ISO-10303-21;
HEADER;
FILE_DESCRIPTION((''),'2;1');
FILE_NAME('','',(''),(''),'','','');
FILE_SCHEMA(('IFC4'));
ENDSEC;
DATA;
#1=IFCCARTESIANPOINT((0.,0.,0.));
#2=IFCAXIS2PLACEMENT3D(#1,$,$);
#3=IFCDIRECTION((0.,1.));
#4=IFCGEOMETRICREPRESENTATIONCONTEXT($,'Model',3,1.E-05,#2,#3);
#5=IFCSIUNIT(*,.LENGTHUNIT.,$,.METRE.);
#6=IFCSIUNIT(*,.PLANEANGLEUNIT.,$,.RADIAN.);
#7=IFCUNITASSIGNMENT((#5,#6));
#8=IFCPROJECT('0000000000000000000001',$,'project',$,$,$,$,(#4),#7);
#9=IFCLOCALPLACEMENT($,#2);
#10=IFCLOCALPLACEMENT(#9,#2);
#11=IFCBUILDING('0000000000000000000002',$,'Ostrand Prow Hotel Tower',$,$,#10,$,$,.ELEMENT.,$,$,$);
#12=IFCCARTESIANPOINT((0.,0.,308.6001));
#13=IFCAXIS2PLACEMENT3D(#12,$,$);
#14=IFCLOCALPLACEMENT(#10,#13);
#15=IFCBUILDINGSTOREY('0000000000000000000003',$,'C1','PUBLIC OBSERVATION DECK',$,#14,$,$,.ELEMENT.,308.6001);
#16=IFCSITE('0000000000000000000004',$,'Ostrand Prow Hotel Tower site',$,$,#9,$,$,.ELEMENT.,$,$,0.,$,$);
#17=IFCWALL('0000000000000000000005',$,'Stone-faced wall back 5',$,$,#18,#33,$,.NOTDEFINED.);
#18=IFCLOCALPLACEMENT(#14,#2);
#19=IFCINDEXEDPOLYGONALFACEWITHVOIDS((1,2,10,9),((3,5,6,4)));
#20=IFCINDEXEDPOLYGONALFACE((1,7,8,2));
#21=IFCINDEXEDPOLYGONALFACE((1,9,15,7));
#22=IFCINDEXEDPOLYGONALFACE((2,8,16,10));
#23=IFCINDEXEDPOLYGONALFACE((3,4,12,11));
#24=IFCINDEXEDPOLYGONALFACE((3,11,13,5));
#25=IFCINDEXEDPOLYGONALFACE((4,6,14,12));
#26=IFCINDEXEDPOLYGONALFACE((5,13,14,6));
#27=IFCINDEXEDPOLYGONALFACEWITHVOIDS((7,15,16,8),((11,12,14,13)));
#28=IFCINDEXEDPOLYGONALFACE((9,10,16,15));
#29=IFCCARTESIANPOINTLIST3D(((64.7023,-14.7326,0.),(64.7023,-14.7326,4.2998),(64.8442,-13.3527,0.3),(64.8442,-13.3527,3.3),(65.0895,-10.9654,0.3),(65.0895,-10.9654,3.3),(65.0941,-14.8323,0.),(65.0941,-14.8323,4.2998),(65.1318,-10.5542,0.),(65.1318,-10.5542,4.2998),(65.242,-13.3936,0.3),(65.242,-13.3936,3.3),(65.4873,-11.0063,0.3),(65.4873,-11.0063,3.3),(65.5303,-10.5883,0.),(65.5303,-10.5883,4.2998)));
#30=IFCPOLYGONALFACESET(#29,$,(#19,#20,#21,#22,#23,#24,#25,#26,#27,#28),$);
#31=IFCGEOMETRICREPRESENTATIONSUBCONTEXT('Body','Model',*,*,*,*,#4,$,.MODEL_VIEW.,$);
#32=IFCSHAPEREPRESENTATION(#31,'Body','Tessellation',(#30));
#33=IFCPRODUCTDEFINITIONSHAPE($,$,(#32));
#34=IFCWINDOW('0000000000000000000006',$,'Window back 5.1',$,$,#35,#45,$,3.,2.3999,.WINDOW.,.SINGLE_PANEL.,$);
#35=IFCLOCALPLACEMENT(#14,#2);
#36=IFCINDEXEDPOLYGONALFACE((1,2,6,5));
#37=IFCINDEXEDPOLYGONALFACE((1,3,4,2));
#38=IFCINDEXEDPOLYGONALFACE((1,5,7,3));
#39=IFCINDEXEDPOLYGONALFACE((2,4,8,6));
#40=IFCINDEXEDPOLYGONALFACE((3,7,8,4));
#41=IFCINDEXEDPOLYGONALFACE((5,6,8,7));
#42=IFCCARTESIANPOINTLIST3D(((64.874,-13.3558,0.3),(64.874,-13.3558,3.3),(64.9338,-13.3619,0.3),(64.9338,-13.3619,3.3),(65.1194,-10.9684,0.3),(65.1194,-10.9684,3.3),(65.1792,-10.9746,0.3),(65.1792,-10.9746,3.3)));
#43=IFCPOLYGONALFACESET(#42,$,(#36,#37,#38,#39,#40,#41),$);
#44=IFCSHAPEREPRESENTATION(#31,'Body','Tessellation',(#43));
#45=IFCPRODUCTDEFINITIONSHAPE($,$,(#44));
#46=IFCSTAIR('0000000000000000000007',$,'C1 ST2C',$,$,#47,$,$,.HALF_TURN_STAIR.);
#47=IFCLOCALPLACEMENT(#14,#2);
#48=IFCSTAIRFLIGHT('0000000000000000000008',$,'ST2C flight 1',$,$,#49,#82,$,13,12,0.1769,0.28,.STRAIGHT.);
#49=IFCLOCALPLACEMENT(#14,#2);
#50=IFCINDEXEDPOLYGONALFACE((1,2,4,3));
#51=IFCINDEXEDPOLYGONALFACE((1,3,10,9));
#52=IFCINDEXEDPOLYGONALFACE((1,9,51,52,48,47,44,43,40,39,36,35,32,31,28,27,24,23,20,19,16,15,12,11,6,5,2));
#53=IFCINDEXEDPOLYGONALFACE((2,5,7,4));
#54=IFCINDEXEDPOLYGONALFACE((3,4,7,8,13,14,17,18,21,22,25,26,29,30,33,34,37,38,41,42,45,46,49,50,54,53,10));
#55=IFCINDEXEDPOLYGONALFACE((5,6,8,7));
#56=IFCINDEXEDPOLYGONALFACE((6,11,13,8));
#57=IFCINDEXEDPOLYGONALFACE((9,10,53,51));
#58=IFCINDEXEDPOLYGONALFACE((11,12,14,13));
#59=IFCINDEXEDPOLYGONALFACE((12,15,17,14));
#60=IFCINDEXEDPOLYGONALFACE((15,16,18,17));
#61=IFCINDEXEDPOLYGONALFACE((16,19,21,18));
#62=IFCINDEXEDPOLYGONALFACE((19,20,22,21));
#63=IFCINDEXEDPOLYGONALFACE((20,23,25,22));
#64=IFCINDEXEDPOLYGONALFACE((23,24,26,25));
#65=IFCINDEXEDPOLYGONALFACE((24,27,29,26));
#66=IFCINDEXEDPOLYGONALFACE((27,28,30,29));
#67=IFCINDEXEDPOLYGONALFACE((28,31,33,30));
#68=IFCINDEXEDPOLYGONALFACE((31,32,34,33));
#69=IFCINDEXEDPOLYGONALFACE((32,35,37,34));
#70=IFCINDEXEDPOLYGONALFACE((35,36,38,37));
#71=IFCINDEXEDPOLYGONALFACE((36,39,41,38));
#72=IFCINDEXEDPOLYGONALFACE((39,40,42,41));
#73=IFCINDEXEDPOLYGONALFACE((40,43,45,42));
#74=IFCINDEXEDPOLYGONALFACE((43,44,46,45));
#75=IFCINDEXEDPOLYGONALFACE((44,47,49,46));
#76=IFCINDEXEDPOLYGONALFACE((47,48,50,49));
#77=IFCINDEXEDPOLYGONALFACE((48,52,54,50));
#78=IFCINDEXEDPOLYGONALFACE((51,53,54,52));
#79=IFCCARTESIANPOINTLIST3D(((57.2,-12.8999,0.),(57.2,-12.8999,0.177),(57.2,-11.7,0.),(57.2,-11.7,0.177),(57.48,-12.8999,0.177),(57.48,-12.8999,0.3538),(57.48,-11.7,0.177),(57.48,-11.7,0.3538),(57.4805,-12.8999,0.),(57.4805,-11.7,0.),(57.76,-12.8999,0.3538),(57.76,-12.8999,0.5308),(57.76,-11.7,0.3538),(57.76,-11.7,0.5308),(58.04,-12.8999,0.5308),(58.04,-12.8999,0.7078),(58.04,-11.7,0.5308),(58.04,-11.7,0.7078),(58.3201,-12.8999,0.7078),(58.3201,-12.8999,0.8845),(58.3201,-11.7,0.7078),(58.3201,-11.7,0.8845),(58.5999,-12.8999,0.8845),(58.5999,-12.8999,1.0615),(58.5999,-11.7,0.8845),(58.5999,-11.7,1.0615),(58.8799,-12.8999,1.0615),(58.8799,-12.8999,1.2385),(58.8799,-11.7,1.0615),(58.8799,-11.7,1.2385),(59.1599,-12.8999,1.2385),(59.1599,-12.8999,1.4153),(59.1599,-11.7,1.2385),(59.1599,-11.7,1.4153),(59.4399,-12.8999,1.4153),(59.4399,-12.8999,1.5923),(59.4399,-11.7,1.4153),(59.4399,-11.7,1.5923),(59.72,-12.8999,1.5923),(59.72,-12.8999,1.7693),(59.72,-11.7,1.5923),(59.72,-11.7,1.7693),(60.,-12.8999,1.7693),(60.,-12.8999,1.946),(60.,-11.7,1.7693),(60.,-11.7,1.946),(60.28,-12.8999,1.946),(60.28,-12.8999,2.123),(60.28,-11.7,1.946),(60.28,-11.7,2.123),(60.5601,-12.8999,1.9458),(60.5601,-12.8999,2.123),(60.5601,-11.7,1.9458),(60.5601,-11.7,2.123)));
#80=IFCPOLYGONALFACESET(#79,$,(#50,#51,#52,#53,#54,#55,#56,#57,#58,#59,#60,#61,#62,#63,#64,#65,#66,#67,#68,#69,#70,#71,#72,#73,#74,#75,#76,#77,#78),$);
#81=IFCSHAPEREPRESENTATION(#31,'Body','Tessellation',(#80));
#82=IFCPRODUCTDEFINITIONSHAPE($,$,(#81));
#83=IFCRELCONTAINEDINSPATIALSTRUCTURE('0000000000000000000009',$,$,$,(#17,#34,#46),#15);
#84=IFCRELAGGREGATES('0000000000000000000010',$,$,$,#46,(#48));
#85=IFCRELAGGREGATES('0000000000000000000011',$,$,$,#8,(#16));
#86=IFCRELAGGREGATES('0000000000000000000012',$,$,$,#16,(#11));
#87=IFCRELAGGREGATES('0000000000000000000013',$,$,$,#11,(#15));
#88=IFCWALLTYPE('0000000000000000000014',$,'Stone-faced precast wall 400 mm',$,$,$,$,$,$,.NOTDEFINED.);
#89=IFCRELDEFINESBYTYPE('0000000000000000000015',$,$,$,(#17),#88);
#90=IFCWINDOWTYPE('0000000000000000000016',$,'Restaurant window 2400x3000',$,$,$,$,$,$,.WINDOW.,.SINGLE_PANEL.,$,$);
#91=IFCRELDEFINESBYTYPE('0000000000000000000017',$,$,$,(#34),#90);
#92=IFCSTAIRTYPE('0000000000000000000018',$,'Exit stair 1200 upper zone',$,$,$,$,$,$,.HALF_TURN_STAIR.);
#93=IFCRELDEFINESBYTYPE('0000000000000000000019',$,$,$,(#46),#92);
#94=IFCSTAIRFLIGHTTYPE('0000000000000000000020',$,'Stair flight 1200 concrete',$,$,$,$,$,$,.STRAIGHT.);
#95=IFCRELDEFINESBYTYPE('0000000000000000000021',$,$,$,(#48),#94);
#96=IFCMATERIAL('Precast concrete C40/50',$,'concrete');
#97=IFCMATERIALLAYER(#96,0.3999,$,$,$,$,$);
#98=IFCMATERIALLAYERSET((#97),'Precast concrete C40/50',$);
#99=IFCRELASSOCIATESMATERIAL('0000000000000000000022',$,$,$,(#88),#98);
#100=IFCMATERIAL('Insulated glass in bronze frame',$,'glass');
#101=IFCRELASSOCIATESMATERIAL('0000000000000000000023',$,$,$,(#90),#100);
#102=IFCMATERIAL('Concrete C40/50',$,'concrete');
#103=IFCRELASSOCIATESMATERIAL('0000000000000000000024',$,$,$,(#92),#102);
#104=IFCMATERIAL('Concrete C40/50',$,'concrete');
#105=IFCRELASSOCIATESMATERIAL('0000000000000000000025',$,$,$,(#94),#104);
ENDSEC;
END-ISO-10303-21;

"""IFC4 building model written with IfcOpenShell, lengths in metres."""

from ifc_helpers import new_model, si_unit, direction, frame, frame_2d, origin, place, context, subcontext, project, spatial, polyline, rectangle, outline, extrude, material, layer, layer_set, type_object, element, fill, aggregate, save


model = new_model("IFC4")

# Units and contexts
model_context = context("Model", 3, precision=1e-05, world=origin(), true_north=direction((0.0, 1.0)))
body_context = subcontext(model_context, "Body", "Model", "MODEL_VIEW")
ifc_project = project(units=[si_unit("LENGTHUNIT", "METRE"), si_unit("PLANEANGLEUNIT", "RADIAN")], contexts=[model_context])

# Site, building, storey
site_placement = place(None, origin())
site = spatial("IfcSite", under=ifc_project, at=site_placement, Name="Ostrand Prow Hotel Tower site", CompositionType="ELEMENT", RefElevation=0.0)
building_placement = place(site_placement, origin())
building = spatial("IfcBuilding", under=site, at=building_placement, Name="Ostrand Prow Hotel Tower", CompositionType="ELEMENT")
storey_placement = place(building_placement, frame((0.0, 0.0, 308.6001)))
storey = spatial("IfcBuildingStorey", under=building, at=storey_placement, Name="C1", Description="PUBLIC OBSERVATION DECK", CompositionType="ELEMENT", Elevation=308.6001)

# Shared definitions
ifc_material_1 = material(Name="Precast concrete C40/50", Category="concrete")
ifc_layer_1 = layer(ifc_material_1, 0.3999)
ifc_layer_set_1 = layer_set([ifc_layer_1], Name="Precast concrete C40/50")
wall_type_1 = type_object("IfcWallType", Name="Stone-faced precast wall 400 mm", PredefinedType="NOTDEFINED", material=ifc_layer_set_1)

# Wall, opening, window
wall_1_placement = place(storey_placement, frame((64.8982, -14.7825, 0.0), z_axis=(0.0, 0.0, 1.0), x_axis=(0.10225, 0.994759, 0.0)))
wall_1 = element("IfcWall", 1, at=wall_1_placement, inside=storey, type_object=wall_type_1, Name="Stone-faced wall back 5", PredefinedType="NOTDEFINED", context=body_context, shape_type="SweptSolid", body=[
    extrude(outline(polyline([(-0.0295, -0.2), (4.2368, -0.2), (4.23, 0.2), (0.0295, 0.2), (-0.0295, -0.2)])), origin(), (0.0, 0.0, 1.0), 4.2998),
])
opening_1_placement = place(wall_1_placement, frame((1.4167, 0.0, 0.3)))
opening_1 = element("IfcOpeningElement", 2, at=opening_1_placement, cuts=wall_1, PredefinedType="OPENING", context=body_context, shape_type="SweptSolid", body=[
    extrude(rectangle(XDim=2.3999, YDim=3.0, at=frame_2d((1.2, 1.5))), frame((0.0, 0.21, 0.0), z_axis=(0.0, -1.0, 0.0), x_axis=(1.0, 0.0, 0.0)), (0.0, 0.0, 1.0), 0.4199),
])
ifc_material_2 = material(Name="Insulated glass in bronze frame", Category="glass")
window_type = type_object("IfcWindowType", Name="Restaurant window 2400x3000", PartitioningType="SINGLE_PANEL", PredefinedType="WINDOW", material=ifc_material_2)
window_placement = place(opening_1_placement, origin())
window = element("IfcWindow", 3, at=window_placement, inside=storey, type_object=window_type, Name="Window back 5.1", OverallHeight=3.0, OverallWidth=2.3999, PartitioningType="SINGLE_PANEL", PredefinedType="WINDOW", context=body_context, shape_type="SweptSolid", body=[
    extrude(rectangle(XDim=2.3999, YDim=3.0, at=frame_2d((1.2, 1.5))), frame((0.0, 0.1699, 0.0), z_axis=(0.0, -1.0, 0.0), x_axis=(1.0, 0.0, 0.0)), (0.0, 0.0, 1.0), 0.0601),
])
fill(opening_1, window)

# Stair, stair flight
ifc_material_3 = material(Name="Concrete C40/50", Category="concrete")
stair_type = type_object("IfcStairType", Name="Exit stair 1200 upper zone", PredefinedType="HALF_TURN_STAIR", material=ifc_material_3)
stair_placement = place(storey_placement, origin())
stair = element("IfcStair", 4, at=stair_placement, inside=storey, type_object=stair_type, Name="C1 ST2C", PredefinedType="HALF_TURN_STAIR")
ifc_material_4 = material(Name="Concrete C40/50", Category="concrete")
stair_flight_type = type_object("IfcStairFlightType", Name="Stair flight 1200 concrete", PredefinedType="STRAIGHT", material=ifc_material_4)
stair_flight_placement = place(storey_placement, frame((57.2, -12.3, 0.0), z_axis=(0.0, 0.0, 1.0), x_axis=(1.0, 0.0, 0.0)))
stair_flight = element("IfcStairFlight", 5, at=stair_flight_placement, type_object=stair_flight_type, Name="ST2C flight 1", NumberOfRisers=13, NumberOfTreads=12, PredefinedType="STRAIGHT", RiserHeight=0.1769, TreadLength=0.28, context=body_context, shape_type="SweptSolid", body=[
    extrude(outline(polyline([(0.0, 0.0), (0.0, 0.177), (0.28, 0.177), (0.28, 0.3538), (0.5601, 0.3538), (0.5601, 0.5308), (0.8401, 0.5308), (0.8401, 0.7078), (1.1201, 0.7078), (1.1201, 0.8845), (1.3999, 0.8845), (1.3999, 1.0615), (1.6799, 1.0615), (1.6799, 1.2385), (1.96, 1.2385), (1.96, 1.4153), (2.24, 1.4153), (2.24, 1.5923), (2.52, 1.5923), (2.52, 1.7693), (2.8, 1.7693), (2.8, 1.946), (3.0801, 1.946), (3.0801, 2.123), (3.3601, 2.123), (3.3601, 2.3), (3.3601, 1.9458), (0.2805, 0.0), (0.0, 0.0)])), frame((0.0, 0.6001, 0.0), z_axis=(0.0, -1.0, 0.0), x_axis=(1.0, 0.0, 0.0)), (0.0, 0.0, 1.0), 1.2),
])
aggregate(stair, [stair_flight])

save(model, "model.ifc")
